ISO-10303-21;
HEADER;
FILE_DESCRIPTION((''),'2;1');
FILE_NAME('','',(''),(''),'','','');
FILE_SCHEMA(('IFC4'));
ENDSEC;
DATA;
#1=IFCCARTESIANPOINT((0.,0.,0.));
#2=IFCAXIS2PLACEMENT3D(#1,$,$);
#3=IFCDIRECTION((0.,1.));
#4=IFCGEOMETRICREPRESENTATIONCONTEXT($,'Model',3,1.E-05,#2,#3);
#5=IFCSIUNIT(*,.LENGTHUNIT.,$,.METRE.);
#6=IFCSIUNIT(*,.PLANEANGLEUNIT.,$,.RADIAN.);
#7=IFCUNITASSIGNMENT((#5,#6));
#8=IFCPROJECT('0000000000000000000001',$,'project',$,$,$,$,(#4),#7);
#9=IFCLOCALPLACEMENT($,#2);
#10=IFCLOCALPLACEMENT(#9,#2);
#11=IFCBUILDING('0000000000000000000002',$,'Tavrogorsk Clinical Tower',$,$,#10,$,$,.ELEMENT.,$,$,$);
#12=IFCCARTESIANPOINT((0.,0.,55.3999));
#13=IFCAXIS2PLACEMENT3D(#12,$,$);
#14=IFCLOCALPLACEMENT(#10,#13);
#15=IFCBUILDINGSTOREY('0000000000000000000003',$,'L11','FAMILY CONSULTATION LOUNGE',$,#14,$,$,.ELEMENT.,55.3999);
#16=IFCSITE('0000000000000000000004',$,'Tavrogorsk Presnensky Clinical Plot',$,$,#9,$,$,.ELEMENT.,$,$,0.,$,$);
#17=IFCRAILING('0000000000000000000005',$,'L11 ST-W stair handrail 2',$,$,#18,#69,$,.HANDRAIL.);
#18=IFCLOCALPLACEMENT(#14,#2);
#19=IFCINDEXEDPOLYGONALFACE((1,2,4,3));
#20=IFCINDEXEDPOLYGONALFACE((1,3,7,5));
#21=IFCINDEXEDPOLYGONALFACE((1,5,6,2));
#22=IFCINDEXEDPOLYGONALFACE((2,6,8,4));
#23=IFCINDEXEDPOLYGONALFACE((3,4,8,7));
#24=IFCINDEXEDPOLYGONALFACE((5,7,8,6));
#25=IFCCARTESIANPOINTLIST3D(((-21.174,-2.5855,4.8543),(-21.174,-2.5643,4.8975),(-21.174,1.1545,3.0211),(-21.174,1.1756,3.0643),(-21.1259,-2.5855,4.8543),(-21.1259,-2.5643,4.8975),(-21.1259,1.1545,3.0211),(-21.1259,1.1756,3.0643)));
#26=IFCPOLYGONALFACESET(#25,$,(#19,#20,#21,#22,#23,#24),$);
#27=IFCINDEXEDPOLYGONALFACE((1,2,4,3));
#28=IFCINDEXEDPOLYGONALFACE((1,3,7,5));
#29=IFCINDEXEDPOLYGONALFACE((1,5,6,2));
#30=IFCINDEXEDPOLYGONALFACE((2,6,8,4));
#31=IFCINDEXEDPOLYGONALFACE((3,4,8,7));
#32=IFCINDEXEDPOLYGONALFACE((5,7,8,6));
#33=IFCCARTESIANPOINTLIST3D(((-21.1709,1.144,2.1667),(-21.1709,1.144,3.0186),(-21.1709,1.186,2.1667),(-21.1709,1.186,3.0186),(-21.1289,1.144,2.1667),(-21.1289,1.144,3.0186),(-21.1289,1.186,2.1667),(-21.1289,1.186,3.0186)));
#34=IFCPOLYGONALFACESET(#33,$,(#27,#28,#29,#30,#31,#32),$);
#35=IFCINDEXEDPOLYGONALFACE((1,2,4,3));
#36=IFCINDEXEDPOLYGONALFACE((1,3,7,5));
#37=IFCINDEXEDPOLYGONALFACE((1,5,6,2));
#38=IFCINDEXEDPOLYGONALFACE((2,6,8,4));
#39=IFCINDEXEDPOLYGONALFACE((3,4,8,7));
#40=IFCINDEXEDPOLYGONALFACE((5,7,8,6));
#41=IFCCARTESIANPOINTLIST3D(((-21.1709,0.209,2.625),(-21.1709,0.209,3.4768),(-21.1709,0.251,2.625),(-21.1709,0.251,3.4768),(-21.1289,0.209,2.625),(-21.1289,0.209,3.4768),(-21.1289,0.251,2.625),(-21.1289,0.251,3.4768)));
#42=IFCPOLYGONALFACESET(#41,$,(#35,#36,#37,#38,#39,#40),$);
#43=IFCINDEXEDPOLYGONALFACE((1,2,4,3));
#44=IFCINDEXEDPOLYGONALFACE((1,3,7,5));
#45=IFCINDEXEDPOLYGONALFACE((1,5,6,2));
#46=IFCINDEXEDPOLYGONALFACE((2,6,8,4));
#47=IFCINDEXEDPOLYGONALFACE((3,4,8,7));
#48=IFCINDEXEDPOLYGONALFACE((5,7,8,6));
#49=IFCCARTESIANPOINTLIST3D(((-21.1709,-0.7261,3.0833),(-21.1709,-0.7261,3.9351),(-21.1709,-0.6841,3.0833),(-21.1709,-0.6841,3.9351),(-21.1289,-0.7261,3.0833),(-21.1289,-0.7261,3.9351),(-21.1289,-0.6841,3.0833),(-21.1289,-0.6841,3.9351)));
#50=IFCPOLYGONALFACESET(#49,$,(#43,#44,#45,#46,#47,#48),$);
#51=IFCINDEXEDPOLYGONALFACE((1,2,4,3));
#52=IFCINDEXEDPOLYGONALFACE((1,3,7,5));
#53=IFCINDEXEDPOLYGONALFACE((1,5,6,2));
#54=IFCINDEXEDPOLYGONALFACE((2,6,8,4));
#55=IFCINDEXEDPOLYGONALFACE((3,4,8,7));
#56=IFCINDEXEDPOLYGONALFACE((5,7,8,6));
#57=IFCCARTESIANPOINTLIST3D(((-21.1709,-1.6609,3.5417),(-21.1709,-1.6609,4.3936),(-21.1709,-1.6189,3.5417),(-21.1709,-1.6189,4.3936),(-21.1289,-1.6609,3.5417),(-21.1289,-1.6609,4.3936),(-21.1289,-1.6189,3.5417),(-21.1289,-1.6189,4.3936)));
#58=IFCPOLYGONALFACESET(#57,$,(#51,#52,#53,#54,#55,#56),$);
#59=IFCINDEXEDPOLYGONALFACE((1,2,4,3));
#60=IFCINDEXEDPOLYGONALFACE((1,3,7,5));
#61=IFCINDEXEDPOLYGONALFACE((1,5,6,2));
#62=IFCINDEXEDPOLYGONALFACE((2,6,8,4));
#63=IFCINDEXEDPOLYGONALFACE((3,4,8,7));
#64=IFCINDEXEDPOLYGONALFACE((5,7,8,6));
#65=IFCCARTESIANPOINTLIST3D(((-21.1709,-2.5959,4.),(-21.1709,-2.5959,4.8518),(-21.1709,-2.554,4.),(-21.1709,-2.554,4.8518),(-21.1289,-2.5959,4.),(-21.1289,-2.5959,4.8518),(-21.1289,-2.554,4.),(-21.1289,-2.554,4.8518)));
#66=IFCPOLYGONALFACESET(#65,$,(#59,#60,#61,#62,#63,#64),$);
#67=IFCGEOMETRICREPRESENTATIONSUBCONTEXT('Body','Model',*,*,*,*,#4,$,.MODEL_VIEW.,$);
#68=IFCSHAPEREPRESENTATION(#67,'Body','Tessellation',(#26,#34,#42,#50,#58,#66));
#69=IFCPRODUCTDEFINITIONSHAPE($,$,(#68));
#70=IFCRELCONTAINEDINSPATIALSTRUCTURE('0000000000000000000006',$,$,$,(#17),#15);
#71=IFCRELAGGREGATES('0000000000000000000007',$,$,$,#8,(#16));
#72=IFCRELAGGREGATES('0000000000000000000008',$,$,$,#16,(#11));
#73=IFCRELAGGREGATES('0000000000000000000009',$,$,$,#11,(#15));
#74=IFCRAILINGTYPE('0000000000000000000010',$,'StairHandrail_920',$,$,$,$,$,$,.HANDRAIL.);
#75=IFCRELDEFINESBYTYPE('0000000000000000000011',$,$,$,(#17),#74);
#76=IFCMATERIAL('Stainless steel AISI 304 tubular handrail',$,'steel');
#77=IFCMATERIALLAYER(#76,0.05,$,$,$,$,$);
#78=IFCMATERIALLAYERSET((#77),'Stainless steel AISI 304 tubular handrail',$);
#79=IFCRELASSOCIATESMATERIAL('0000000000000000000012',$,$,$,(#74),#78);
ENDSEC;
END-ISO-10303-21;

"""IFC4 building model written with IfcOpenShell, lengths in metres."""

from ifc_helpers import new_model, si_unit, direction, frame, origin, origin_2d, place, context, subcontext, project, spatial, rectangle, extrude, material, layer, layer_set, type_object, element, save


model = new_model("IFC4")

# Units and contexts
model_context = context("Model", 3, precision=1e-05, world=origin(), true_north=direction((0.0, 1.0)))
body_context = subcontext(model_context, "Body", "Model", "MODEL_VIEW")
ifc_project = project(units=[si_unit("LENGTHUNIT", "METRE"), si_unit("PLANEANGLEUNIT", "RADIAN")], contexts=[model_context])

# Site, building, storey
site_placement = place(None, origin())
site = spatial("IfcSite", under=ifc_project, at=site_placement, Name="Tavrogorsk Presnensky Clinical Plot", CompositionType="ELEMENT", RefElevation=0.0)
building_placement = place(site_placement, origin())
building = spatial("IfcBuilding", under=site, at=building_placement, Name="Tavrogorsk Clinical Tower", CompositionType="ELEMENT")
storey_placement = place(building_placement, frame((0.0, 0.0, 55.3999)))
storey = spatial("IfcBuildingStorey", under=building, at=storey_placement, Name="L11", Description="FAMILY CONSULTATION LOUNGE", CompositionType="ELEMENT", Elevation=55.3999)

# Railing
ifc_material_1 = material(Name="Stainless steel AISI 304 tubular handrail", Category="steel")
ifc_layer_1 = layer(ifc_material_1, 0.05)
ifc_layer_set_1 = layer_set([ifc_layer_1], Name="Stainless steel AISI 304 tubular handrail")
railing_type = type_object("IfcRailingType", Name="StairHandrail_920", PredefinedType="HANDRAIL", material=ifc_layer_set_1)
railing_placement = place(storey_placement, frame((-21.1499, 1.165, 2.1667)))
element("IfcRailing", 1, at=railing_placement, inside=storey, type_object=railing_type, Name="L11 ST-W stair handrail 2", PredefinedType="HANDRAIL", context=body_context, shape_type="SweptSolid", body=[
    extrude(rectangle(XDim=0.0481, YDim=0.0481, at=origin_2d()), frame((0.0, 0.0, 0.876), z_axis=(0.0, -0.897928, 0.440142), x_axis=(1.0, 0.0, 0.0)), (0.0, 0.0, 1.0), 4.165),
    extrude(rectangle(XDim=0.042, YDim=0.042, at=origin_2d()), origin(), (0.0, 0.0, 1.0), 0.8518),
    extrude(rectangle(XDim=0.042, YDim=0.042, at=origin_2d()), frame((0.0, -0.9351, 0.4583)), (0.0, 0.0, 1.0), 0.8518),
    extrude(rectangle(XDim=0.042, YDim=0.042, at=origin_2d()), frame((0.0, -1.8701, 0.9165)), (0.0, 0.0, 1.0), 0.8518),
    extrude(rectangle(XDim=0.042, YDim=0.042, at=origin_2d()), frame((0.0, -2.8049, 1.375)), (0.0, 0.0, 1.0), 0.8518),
    extrude(rectangle(XDim=0.042, YDim=0.042, at=origin_2d()), frame((0.0, -3.74, 1.8333)), (0.0, 0.0, 1.0), 0.8518),
])

save(model, "model.ifc")
